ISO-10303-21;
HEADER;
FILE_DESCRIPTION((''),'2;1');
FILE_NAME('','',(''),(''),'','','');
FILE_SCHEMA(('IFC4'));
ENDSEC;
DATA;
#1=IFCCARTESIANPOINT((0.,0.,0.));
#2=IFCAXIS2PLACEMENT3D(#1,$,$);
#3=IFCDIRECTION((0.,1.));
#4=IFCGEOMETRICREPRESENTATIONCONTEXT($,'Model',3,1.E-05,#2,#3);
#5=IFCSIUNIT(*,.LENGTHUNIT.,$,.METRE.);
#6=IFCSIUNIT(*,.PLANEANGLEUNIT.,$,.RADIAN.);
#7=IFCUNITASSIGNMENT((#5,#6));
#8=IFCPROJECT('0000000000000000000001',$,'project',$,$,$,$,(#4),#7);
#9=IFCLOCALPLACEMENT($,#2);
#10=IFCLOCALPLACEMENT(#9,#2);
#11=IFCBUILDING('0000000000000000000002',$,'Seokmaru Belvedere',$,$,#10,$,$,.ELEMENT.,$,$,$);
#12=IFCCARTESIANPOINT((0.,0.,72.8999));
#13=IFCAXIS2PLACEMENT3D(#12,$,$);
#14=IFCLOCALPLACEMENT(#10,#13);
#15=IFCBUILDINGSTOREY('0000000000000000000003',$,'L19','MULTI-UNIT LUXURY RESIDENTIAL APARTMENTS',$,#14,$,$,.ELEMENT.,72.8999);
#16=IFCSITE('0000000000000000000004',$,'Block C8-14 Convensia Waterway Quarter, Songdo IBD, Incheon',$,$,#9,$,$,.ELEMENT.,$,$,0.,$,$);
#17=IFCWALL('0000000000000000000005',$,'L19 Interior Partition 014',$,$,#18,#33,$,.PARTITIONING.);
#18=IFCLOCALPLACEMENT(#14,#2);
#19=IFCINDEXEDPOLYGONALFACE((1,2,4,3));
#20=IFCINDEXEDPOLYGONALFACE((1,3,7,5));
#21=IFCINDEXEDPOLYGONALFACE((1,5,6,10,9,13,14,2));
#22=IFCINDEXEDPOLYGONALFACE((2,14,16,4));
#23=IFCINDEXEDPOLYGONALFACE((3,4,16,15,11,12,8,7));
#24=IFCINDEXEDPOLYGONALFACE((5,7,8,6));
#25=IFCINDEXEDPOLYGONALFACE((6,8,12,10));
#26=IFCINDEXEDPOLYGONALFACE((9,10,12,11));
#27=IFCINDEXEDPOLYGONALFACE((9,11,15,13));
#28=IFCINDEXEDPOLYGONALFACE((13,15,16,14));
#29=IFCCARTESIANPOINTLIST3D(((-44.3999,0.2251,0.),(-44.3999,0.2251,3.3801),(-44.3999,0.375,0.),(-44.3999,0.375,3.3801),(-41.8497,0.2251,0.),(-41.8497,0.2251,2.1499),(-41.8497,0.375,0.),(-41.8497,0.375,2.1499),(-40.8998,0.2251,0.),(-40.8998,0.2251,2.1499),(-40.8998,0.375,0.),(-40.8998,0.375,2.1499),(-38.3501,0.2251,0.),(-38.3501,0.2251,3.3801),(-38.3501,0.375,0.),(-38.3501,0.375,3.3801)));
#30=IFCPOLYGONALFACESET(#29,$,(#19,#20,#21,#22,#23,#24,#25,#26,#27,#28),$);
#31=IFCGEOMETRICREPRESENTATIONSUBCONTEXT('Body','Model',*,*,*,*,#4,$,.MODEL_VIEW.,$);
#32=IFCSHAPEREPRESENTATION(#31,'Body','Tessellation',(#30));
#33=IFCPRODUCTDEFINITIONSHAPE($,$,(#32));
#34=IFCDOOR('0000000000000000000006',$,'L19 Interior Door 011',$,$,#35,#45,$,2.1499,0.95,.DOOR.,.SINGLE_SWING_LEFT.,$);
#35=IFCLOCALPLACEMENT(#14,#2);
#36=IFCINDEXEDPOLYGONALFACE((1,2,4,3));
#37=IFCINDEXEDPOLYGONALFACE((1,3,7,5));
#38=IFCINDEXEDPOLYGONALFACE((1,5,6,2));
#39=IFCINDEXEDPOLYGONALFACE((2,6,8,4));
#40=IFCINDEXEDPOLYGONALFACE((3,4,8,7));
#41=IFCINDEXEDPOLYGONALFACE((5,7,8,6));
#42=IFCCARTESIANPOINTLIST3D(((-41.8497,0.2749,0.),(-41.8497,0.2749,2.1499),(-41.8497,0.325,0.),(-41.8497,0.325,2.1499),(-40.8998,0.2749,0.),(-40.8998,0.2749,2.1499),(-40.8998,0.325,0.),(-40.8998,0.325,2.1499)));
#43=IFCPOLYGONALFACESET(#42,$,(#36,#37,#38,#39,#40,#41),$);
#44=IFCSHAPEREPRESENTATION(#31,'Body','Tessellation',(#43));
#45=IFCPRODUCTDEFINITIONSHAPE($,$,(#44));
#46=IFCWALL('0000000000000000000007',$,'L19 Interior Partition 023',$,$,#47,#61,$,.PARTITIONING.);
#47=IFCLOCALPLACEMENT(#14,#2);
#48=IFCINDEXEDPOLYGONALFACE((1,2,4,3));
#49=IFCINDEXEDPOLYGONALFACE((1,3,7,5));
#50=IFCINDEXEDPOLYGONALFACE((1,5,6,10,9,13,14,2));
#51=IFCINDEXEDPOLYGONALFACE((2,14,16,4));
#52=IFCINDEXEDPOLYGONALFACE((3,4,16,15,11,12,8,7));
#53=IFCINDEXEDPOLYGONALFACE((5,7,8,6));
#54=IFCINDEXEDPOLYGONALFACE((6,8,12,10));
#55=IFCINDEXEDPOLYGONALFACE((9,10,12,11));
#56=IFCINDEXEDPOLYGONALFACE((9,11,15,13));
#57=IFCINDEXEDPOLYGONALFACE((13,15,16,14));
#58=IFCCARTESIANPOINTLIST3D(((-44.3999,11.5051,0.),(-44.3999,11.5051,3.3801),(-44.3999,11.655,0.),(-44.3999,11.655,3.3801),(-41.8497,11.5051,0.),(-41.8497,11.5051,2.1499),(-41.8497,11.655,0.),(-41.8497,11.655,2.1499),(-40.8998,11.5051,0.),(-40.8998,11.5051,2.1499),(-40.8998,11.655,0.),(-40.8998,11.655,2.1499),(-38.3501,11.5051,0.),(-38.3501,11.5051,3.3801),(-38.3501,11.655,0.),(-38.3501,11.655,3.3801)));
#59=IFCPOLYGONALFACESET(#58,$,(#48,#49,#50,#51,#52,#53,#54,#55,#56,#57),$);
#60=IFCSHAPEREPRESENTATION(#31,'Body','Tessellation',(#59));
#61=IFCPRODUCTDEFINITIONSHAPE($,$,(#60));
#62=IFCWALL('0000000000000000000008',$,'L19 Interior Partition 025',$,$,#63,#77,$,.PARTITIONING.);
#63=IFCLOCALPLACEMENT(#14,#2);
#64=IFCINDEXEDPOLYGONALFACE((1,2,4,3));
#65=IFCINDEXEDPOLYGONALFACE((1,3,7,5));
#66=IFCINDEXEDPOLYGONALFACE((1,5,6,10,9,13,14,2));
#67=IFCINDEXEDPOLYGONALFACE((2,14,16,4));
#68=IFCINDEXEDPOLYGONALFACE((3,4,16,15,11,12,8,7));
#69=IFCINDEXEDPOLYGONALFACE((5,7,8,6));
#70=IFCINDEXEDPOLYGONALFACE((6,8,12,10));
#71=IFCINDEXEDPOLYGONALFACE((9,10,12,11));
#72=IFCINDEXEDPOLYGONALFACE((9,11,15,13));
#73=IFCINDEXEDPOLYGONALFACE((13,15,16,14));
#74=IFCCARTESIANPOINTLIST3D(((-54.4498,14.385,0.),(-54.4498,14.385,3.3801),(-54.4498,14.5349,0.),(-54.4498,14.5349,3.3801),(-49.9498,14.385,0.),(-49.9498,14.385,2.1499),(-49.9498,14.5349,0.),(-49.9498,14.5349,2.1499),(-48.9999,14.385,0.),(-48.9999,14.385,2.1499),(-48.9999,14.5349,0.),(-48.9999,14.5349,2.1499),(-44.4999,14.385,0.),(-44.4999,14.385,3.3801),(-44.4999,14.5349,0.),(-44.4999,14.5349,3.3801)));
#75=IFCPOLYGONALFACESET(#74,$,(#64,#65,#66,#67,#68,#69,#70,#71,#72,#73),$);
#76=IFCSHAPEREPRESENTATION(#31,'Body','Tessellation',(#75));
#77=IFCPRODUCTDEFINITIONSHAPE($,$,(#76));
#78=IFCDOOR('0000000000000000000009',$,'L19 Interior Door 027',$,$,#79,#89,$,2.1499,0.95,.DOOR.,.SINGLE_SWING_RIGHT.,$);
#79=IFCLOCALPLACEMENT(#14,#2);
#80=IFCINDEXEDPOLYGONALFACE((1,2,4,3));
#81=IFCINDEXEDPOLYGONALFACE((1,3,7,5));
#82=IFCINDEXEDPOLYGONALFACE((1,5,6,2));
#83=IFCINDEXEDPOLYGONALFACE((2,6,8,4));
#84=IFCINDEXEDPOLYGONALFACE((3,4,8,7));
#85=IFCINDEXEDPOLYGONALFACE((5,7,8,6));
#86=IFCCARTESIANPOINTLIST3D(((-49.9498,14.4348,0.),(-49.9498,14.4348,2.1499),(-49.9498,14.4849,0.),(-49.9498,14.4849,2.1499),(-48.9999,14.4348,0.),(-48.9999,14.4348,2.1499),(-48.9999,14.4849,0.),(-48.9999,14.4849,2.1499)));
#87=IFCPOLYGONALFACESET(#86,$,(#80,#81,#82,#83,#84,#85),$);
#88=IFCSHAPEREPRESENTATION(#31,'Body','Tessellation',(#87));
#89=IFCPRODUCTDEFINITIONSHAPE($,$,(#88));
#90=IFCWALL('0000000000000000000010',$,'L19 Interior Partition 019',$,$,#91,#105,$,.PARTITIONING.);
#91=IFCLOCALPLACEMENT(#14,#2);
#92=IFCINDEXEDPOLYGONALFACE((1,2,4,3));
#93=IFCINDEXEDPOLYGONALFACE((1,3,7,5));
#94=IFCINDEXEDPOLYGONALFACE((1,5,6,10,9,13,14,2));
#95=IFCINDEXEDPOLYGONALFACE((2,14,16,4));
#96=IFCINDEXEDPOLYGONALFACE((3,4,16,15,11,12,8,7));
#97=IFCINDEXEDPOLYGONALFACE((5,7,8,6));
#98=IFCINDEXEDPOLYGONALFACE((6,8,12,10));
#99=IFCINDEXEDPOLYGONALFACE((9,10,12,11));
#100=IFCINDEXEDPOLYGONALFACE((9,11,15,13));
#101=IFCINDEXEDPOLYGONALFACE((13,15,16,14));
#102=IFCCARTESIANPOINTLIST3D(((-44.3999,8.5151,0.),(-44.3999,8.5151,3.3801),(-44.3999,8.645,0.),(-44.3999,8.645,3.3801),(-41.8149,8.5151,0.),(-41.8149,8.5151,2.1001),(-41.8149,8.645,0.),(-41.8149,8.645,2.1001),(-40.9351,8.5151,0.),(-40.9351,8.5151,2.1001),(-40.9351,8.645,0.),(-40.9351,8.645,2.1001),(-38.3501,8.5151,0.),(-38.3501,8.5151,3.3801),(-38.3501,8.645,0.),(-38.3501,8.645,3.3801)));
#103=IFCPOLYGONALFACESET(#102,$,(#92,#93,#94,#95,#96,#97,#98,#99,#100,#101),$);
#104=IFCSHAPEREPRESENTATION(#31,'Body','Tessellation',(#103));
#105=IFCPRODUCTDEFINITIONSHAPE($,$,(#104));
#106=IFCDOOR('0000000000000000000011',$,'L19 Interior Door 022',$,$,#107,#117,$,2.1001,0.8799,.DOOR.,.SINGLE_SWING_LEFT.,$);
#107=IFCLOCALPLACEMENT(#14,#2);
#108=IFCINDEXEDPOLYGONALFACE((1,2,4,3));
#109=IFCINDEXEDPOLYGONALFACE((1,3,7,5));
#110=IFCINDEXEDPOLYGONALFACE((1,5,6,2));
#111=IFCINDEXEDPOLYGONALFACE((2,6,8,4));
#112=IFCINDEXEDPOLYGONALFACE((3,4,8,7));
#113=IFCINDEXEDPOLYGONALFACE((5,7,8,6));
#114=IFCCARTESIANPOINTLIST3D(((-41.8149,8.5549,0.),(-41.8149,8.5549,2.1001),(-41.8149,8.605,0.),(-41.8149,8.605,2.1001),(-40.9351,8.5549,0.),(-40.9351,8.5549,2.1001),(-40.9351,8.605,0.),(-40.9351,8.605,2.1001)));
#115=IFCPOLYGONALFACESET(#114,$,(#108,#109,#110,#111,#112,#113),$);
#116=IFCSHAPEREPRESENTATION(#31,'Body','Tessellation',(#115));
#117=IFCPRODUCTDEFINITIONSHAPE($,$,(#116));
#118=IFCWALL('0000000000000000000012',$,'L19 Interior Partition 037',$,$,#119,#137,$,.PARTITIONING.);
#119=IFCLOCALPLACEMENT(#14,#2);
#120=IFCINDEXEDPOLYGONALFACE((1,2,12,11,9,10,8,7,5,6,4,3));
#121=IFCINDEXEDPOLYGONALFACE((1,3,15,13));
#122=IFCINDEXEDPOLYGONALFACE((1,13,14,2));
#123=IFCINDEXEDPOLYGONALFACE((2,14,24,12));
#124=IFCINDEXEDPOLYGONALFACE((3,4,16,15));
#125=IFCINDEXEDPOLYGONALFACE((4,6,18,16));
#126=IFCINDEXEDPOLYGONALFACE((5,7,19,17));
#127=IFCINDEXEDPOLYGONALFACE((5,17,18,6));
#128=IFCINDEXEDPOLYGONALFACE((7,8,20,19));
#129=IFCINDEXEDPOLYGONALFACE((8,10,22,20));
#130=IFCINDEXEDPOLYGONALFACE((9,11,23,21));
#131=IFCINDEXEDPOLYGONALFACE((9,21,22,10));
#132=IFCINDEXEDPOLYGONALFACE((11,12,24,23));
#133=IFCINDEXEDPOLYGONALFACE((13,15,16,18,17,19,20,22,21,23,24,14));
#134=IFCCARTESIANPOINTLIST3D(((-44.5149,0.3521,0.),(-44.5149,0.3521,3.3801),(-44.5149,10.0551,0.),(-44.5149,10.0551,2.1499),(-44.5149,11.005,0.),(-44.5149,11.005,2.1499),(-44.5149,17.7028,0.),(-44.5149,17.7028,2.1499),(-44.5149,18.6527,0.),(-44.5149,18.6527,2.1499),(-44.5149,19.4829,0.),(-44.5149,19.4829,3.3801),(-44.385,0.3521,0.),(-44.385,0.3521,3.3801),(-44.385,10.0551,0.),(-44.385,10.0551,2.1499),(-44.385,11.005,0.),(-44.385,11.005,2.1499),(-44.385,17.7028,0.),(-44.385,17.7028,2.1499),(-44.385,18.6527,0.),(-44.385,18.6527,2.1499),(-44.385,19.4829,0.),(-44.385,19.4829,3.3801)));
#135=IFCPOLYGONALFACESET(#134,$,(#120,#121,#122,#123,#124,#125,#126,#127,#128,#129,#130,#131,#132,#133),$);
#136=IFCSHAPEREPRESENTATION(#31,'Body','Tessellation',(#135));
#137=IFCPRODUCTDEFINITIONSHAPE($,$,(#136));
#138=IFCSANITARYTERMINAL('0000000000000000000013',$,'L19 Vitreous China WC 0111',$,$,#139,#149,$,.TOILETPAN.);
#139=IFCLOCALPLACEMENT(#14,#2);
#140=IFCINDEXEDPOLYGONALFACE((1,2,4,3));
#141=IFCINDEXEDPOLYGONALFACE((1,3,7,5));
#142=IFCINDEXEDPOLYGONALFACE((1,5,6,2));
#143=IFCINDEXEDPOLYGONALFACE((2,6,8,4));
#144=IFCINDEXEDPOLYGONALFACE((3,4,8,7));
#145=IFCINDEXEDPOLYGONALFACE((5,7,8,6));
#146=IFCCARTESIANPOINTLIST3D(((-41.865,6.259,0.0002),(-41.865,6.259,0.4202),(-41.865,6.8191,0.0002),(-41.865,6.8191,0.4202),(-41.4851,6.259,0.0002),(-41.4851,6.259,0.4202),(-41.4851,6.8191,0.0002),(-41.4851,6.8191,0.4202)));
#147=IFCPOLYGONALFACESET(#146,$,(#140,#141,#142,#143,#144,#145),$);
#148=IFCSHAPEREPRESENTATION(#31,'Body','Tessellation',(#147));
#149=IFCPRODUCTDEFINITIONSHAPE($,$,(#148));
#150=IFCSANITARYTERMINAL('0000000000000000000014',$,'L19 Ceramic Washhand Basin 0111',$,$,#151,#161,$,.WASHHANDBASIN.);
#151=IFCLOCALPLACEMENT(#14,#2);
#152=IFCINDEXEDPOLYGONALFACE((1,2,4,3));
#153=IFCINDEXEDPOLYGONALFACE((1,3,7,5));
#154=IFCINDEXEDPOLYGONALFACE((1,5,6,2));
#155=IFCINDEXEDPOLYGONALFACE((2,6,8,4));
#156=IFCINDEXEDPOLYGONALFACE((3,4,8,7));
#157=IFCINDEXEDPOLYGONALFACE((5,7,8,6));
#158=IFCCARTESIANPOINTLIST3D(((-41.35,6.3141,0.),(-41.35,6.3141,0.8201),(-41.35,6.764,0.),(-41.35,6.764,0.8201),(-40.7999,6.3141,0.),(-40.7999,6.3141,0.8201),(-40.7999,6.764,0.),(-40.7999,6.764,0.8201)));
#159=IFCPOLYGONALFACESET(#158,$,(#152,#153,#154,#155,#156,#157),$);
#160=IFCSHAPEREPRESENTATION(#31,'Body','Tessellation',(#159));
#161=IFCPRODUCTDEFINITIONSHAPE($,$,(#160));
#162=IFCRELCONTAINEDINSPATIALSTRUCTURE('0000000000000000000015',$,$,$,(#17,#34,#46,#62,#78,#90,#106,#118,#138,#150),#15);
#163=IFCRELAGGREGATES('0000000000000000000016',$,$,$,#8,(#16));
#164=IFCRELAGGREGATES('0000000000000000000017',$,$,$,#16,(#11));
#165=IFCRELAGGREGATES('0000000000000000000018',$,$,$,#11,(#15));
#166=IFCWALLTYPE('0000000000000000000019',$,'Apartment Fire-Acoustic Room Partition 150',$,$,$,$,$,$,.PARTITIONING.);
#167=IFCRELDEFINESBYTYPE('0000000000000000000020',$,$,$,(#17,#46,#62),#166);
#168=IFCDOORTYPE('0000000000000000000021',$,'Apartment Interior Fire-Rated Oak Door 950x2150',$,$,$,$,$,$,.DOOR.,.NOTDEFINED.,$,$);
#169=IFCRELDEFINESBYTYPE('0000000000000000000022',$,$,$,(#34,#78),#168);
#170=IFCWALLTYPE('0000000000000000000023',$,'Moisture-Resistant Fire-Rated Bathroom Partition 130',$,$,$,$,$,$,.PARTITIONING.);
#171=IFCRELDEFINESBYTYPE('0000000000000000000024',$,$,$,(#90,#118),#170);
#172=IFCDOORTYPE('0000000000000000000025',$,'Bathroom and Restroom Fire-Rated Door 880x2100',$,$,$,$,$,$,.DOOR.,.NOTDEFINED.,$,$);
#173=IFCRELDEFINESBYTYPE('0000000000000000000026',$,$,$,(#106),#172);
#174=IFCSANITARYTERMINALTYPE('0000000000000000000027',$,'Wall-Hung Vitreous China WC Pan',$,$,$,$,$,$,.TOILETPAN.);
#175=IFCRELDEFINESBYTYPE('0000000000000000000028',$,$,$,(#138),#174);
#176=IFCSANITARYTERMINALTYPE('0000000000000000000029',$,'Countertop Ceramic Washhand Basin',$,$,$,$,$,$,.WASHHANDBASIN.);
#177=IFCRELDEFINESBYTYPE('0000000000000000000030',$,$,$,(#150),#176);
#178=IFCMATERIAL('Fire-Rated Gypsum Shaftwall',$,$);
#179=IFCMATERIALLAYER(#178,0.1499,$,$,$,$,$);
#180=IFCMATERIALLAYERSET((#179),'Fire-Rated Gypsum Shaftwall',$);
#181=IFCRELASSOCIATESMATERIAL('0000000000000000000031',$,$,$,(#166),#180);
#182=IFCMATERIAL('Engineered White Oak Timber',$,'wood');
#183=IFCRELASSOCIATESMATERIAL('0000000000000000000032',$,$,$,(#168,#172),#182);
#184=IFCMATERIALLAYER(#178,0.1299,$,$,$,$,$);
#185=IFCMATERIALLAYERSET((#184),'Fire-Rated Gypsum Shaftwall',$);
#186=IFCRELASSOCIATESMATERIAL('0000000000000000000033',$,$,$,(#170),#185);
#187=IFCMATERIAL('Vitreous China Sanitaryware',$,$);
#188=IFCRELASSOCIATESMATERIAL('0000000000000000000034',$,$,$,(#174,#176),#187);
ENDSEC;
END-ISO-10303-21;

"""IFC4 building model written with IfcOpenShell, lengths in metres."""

from ifc_helpers import new_model, si_unit, direction, frame, frame_2d, origin, origin_2d, place, context, subcontext, project, spatial, rectangle, extrude, source, transform, mapped, material, layer, layer_set, type_object, type_shapes, element, fill, save


model = new_model("IFC4")

# Units and contexts
model_context = context("Model", 3, precision=1e-05, world=origin(), true_north=direction((0.0, 1.0)))
body_context = subcontext(model_context, "Body", "Model", "MODEL_VIEW")
ifc_project = project(units=[si_unit("LENGTHUNIT", "METRE"), si_unit("PLANEANGLEUNIT", "RADIAN")], contexts=[model_context])

# Site, building, storey
site_placement = place(None, origin())
site = spatial("IfcSite", under=ifc_project, at=site_placement, Name="Block C8-14 Convensia Waterway Quarter, Songdo IBD, Incheon", CompositionType="ELEMENT", RefElevation=0.0)
building_placement = place(site_placement, origin())
building = spatial("IfcBuilding", under=site, at=building_placement, Name="Seokmaru Belvedere", CompositionType="ELEMENT")
storey_placement = place(building_placement, frame((0.0, 0.0, 72.8999)))
storey = spatial("IfcBuildingStorey", under=building, at=storey_placement, Name="L19", Description="MULTI-UNIT LUXURY RESIDENTIAL APARTMENTS", CompositionType="ELEMENT", Elevation=72.8999)

# Wall, opening, door
ifc_material_1 = material(Name="Fire-Rated Gypsum Shaftwall")
ifc_layer_1 = layer(ifc_material_1, 0.1499)
ifc_layer_set_1 = layer_set([ifc_layer_1], Name="Fire-Rated Gypsum Shaftwall")
wall_type_1 = type_object("IfcWallType", Name="Apartment Fire-Acoustic Room Partition 150", PredefinedType="PARTITIONING", material=ifc_layer_set_1)
wall_1_placement = place(storey_placement, frame((-44.3999, 0.3, 0.0), z_axis=(0.0, 0.0, 1.0), x_axis=(1.0, 0.0, 0.0)))
wall_1 = element("IfcWall", 1, at=wall_1_placement, inside=storey, type_object=wall_type_1, Name="L19 Interior Partition 014", PredefinedType="PARTITIONING", context=body_context, shape_type="SweptSolid", body=[
    extrude(rectangle(XDim=6.0498, YDim=0.1499, at=frame_2d((3.0249, 0.0))), origin(), (0.0, 0.0, 1.0), 3.3801),
])
opening_1_placement = place(wall_1_placement, frame((2.55, 0.0, 0.0)))
opening_1 = element("IfcOpeningElement", 2, at=opening_1_placement, cuts=wall_1, PredefinedType="OPENING", context=body_context, shape_type="SweptSolid", body=[
    extrude(rectangle(XDim=0.95, YDim=2.1499, at=frame_2d((0.4751, 1.075))), frame((0.0, 0.085, 0.0), z_axis=(0.0, -1.0, 0.0), x_axis=(1.0, 0.0, 0.0)), (0.0, 0.0, 1.0), 0.1699),
])
ifc_material_2 = material(Name="Engineered White Oak Timber", Category="wood")
door_type_1 = type_object("IfcDoorType", Name="Apartment Interior Fire-Rated Oak Door 950x2150", OperationType="NOTDEFINED", PredefinedType="DOOR", material=ifc_material_2)
shared_shape_1 = source(origin(), body_context, "Body", "SweptSolid", [
    extrude(rectangle(XDim=0.95, YDim=2.1499, at=frame_2d((0.4751, 1.075))), frame((0.0, 0.0249, 0.0), z_axis=(0.0, -1.0, 0.0), x_axis=(1.0, 0.0, 0.0)), (0.0, 0.0, 1.0), 0.05),
])
type_shapes(door_type_1, [shared_shape_1])
door_1_placement = place(opening_1_placement, origin())
door_1 = element("IfcDoor", 3, at=door_1_placement, inside=storey, type_object=door_type_1, Name="L19 Interior Door 011", OperationType="SINGLE_SWING_LEFT", OverallHeight=2.1499, OverallWidth=0.95, PredefinedType="DOOR", context=body_context, shape_type="MappedRepresentation", body=[
    mapped(shared_shape_1, transform((0.0, 0.0, 0.0), scale=1.0)),
])
fill(opening_1, door_1)

# Wall, opening
wall_2_placement = place(storey_placement, frame((-44.3999, 11.5801, 0.0), z_axis=(0.0, 0.0, 1.0), x_axis=(1.0, 0.0, 0.0)))
wall_2 = element("IfcWall", 4, at=wall_2_placement, inside=storey, type_object=wall_type_1, Name="L19 Interior Partition 023", PredefinedType="PARTITIONING", context=body_context, shape_type="SweptSolid", body=[
    extrude(rectangle(XDim=6.0498, YDim=0.1499, at=frame_2d((3.0249, 0.0))), origin(), (0.0, 0.0, 1.0), 3.3801),
])
opening_2_placement = place(wall_2_placement, frame((2.55, 0.0, 0.0)))
element("IfcOpeningElement", 5, at=opening_2_placement, cuts=wall_2, PredefinedType="OPENING", context=body_context, shape_type="SweptSolid", body=[
    extrude(rectangle(XDim=0.95, YDim=2.1499, at=frame_2d((0.4751, 1.075))), frame((0.0, 0.085, 0.0), z_axis=(0.0, -1.0, 0.0), x_axis=(1.0, 0.0, 0.0)), (0.0, 0.0, 1.0), 0.1699),
])

# Walls, openings, doors
wall_3_placement = place(storey_placement, frame((-54.45, 14.46, 0.0), z_axis=(0.0, 0.0, 1.0), x_axis=(1.0, 0.0, 0.0)))
wall_3 = element("IfcWall", 6, at=wall_3_placement, inside=storey, type_object=wall_type_1, Name="L19 Interior Partition 025", PredefinedType="PARTITIONING", context=body_context, shape_type="SweptSolid", body=[
    extrude(rectangle(XDim=9.95, YDim=0.1499, at=frame_2d((4.9751, 0.0))), origin(), (0.0, 0.0, 1.0), 3.3801),
])
opening_3_placement = place(wall_3_placement, frame((4.5, 0.0, 0.0)))
opening_3 = element("IfcOpeningElement", 7, at=opening_3_placement, cuts=wall_3, PredefinedType="OPENING", context=body_context, shape_type="SweptSolid", body=[
    extrude(rectangle(XDim=0.95, YDim=2.1499, at=frame_2d((0.4751, 1.075))), frame((0.0, 0.085, 0.0), z_axis=(0.0, -1.0, 0.0), x_axis=(1.0, 0.0, 0.0)), (0.0, 0.0, 1.0), 0.1699),
])
door_2_placement = place(opening_3_placement, origin())
door_2 = element("IfcDoor", 8, at=door_2_placement, inside=storey, type_object=door_type_1, Name="L19 Interior Door 027", OperationType="SINGLE_SWING_RIGHT", OverallHeight=2.1499, OverallWidth=0.95, PredefinedType="DOOR", context=body_context, shape_type="MappedRepresentation", body=[
    mapped(shared_shape_1, transform((0.0, 0.0, 0.0), scale=1.0)),
])
fill(opening_3, door_2)
ifc_layer_2 = layer(ifc_material_1, 0.1299)
ifc_layer_set_2 = layer_set([ifc_layer_2], Name="Fire-Rated Gypsum Shaftwall")
wall_type_2 = type_object("IfcWallType", Name="Moisture-Resistant Fire-Rated Bathroom Partition 130", PredefinedType="PARTITIONING", material=ifc_layer_set_2)
wall_4_placement = place(storey_placement, frame((-44.3999, 8.5801, 0.0), z_axis=(0.0, 0.0, 1.0), x_axis=(1.0, 0.0, 0.0)))
wall_4 = element("IfcWall", 9, at=wall_4_placement, inside=storey, type_object=wall_type_2, Name="L19 Interior Partition 019", PredefinedType="PARTITIONING", context=body_context, shape_type="SweptSolid", body=[
    extrude(rectangle(XDim=6.0498, YDim=0.1299, at=frame_2d((3.0249, 0.0))), origin(), (0.0, 0.0, 1.0), 3.3801),
])
opening_4_placement = place(wall_4_placement, frame((2.585, 0.0, 0.0)))
opening_4 = element("IfcOpeningElement", 10, at=opening_4_placement, cuts=wall_4, PredefinedType="OPENING", context=body_context, shape_type="SweptSolid", body=[
    extrude(rectangle(XDim=0.8799, YDim=2.1001, at=frame_2d((0.4399, 1.05))), frame((0.0, 0.075, 0.0), z_axis=(0.0, -1.0, 0.0), x_axis=(1.0, 0.0, 0.0)), (0.0, 0.0, 1.0), 0.1499),
])
door_type_2 = type_object("IfcDoorType", Name="Bathroom and Restroom Fire-Rated Door 880x2100", OperationType="NOTDEFINED", PredefinedType="DOOR", material=ifc_material_2)
shared_shape_2 = source(origin(), body_context, "Body", "SweptSolid", [
    extrude(rectangle(XDim=0.8799, YDim=2.1001, at=frame_2d((0.4399, 1.05))), frame((0.0, 0.0249, 0.0), z_axis=(0.0, -1.0, 0.0), x_axis=(1.0, 0.0, 0.0)), (0.0, 0.0, 1.0), 0.05),
])
type_shapes(door_type_2, [shared_shape_2])
door_3_placement = place(opening_4_placement, origin())
door_3 = element("IfcDoor", 11, at=door_3_placement, inside=storey, type_object=door_type_2, Name="L19 Interior Door 022", OperationType="SINGLE_SWING_LEFT", OverallHeight=2.1001, OverallWidth=0.8799, PredefinedType="DOOR", context=body_context, shape_type="MappedRepresentation", body=[
    mapped(shared_shape_2, transform((0.0, 0.0, 0.0), scale=1.0)),
])
fill(opening_4, door_3)

# Wall, openings
wall_5_placement = place(storey_placement, frame((-44.45, 0.3521, 0.0), z_axis=(0.0, 0.0, 1.0), x_axis=(0.0, 1.0, 0.0)))
wall_5 = element("IfcWall", 12, at=wall_5_placement, inside=storey, type_object=wall_type_2, Name="L19 Interior Partition 037", PredefinedType="PARTITIONING", context=body_context, shape_type="SweptSolid", body=[
    extrude(rectangle(XDim=19.1309, YDim=0.1299, at=frame_2d((9.5654, 0.0))), origin(), (0.0, 0.0, 1.0), 3.3801),
])
opening_5_placement = place(wall_5_placement, frame((9.7029, 0.0, 0.0)))
element("IfcOpeningElement", 13, at=opening_5_placement, cuts=wall_5, PredefinedType="OPENING", context=body_context, shape_type="SweptSolid", body=[
    extrude(rectangle(XDim=0.95, YDim=2.1499, at=frame_2d((0.4751, 1.075))), frame((0.0, 0.075, 0.0), z_axis=(0.0, -1.0, 0.0), x_axis=(1.0, 0.0, 0.0)), (0.0, 0.0, 1.0), 0.1499),
])
opening_6_placement = place(wall_5_placement, frame((17.3506, 0.0, 0.0)))
element("IfcOpeningElement", 14, at=opening_6_placement, cuts=wall_5, PredefinedType="OPENING", context=body_context, shape_type="SweptSolid", body=[
    extrude(rectangle(XDim=0.95, YDim=2.1499, at=frame_2d((0.4751, 1.075))), frame((0.0, 0.075, 0.0), z_axis=(0.0, -1.0, 0.0), x_axis=(1.0, 0.0, 0.0)), (0.0, 0.0, 1.0), 0.1499),
])

# Sanitary terminals
ifc_material_3 = material(Name="Vitreous China Sanitaryware")
sanitary_terminal_type_1 = type_object("IfcSanitaryTerminalType", Name="Wall-Hung Vitreous China WC Pan", PredefinedType="TOILETPAN", material=ifc_material_3)
shared_shape_3 = source(origin(), body_context, "Body", "SweptSolid", [
    extrude(rectangle(XDim=0.3799, YDim=0.5601, at=origin_2d()), origin(), (0.0, 0.0, 1.0), 0.4199),
])
type_shapes(sanitary_terminal_type_1, [shared_shape_3])
sanitary_terminal_1_placement = place(storey_placement, frame((-41.675, 6.5391, 0.0002), z_axis=(0.0, 0.0, 1.0), x_axis=(1.0, 0.0, 0.0)))
element("IfcSanitaryTerminal", 15, at=sanitary_terminal_1_placement, inside=storey, type_object=sanitary_terminal_type_1, Name="L19 Vitreous China WC 0111", PredefinedType="TOILETPAN", context=body_context, shape_type="MappedRepresentation", body=[
    mapped(shared_shape_3, transform((0.0, 0.0, 0.0), scale=1.0)),
])
sanitary_terminal_type_2 = type_object("IfcSanitaryTerminalType", Name="Countertop Ceramic Washhand Basin", PredefinedType="WASHHANDBASIN", material=ifc_material_3)
shared_shape_4 = source(origin(), body_context, "Body", "SweptSolid", [
    extrude(rectangle(XDim=0.55, YDim=0.45, at=origin_2d()), origin(), (0.0, 0.0, 1.0), 0.8201),
])
type_shapes(sanitary_terminal_type_2, [shared_shape_4])
sanitary_terminal_2_placement = place(storey_placement, frame((-41.075, 6.5391, 0.0), z_axis=(0.0, 0.0, 1.0), x_axis=(1.0, 0.0, 0.0)))
element("IfcSanitaryTerminal", 16, at=sanitary_terminal_2_placement, inside=storey, type_object=sanitary_terminal_type_2, Name="L19 Ceramic Washhand Basin 0111", PredefinedType="WASHHANDBASIN", context=body_context, shape_type="MappedRepresentation", body=[
    mapped(shared_shape_4, transform((0.0, 0.0, 0.0), scale=1.0)),
])

save(model, "model.ifc")
